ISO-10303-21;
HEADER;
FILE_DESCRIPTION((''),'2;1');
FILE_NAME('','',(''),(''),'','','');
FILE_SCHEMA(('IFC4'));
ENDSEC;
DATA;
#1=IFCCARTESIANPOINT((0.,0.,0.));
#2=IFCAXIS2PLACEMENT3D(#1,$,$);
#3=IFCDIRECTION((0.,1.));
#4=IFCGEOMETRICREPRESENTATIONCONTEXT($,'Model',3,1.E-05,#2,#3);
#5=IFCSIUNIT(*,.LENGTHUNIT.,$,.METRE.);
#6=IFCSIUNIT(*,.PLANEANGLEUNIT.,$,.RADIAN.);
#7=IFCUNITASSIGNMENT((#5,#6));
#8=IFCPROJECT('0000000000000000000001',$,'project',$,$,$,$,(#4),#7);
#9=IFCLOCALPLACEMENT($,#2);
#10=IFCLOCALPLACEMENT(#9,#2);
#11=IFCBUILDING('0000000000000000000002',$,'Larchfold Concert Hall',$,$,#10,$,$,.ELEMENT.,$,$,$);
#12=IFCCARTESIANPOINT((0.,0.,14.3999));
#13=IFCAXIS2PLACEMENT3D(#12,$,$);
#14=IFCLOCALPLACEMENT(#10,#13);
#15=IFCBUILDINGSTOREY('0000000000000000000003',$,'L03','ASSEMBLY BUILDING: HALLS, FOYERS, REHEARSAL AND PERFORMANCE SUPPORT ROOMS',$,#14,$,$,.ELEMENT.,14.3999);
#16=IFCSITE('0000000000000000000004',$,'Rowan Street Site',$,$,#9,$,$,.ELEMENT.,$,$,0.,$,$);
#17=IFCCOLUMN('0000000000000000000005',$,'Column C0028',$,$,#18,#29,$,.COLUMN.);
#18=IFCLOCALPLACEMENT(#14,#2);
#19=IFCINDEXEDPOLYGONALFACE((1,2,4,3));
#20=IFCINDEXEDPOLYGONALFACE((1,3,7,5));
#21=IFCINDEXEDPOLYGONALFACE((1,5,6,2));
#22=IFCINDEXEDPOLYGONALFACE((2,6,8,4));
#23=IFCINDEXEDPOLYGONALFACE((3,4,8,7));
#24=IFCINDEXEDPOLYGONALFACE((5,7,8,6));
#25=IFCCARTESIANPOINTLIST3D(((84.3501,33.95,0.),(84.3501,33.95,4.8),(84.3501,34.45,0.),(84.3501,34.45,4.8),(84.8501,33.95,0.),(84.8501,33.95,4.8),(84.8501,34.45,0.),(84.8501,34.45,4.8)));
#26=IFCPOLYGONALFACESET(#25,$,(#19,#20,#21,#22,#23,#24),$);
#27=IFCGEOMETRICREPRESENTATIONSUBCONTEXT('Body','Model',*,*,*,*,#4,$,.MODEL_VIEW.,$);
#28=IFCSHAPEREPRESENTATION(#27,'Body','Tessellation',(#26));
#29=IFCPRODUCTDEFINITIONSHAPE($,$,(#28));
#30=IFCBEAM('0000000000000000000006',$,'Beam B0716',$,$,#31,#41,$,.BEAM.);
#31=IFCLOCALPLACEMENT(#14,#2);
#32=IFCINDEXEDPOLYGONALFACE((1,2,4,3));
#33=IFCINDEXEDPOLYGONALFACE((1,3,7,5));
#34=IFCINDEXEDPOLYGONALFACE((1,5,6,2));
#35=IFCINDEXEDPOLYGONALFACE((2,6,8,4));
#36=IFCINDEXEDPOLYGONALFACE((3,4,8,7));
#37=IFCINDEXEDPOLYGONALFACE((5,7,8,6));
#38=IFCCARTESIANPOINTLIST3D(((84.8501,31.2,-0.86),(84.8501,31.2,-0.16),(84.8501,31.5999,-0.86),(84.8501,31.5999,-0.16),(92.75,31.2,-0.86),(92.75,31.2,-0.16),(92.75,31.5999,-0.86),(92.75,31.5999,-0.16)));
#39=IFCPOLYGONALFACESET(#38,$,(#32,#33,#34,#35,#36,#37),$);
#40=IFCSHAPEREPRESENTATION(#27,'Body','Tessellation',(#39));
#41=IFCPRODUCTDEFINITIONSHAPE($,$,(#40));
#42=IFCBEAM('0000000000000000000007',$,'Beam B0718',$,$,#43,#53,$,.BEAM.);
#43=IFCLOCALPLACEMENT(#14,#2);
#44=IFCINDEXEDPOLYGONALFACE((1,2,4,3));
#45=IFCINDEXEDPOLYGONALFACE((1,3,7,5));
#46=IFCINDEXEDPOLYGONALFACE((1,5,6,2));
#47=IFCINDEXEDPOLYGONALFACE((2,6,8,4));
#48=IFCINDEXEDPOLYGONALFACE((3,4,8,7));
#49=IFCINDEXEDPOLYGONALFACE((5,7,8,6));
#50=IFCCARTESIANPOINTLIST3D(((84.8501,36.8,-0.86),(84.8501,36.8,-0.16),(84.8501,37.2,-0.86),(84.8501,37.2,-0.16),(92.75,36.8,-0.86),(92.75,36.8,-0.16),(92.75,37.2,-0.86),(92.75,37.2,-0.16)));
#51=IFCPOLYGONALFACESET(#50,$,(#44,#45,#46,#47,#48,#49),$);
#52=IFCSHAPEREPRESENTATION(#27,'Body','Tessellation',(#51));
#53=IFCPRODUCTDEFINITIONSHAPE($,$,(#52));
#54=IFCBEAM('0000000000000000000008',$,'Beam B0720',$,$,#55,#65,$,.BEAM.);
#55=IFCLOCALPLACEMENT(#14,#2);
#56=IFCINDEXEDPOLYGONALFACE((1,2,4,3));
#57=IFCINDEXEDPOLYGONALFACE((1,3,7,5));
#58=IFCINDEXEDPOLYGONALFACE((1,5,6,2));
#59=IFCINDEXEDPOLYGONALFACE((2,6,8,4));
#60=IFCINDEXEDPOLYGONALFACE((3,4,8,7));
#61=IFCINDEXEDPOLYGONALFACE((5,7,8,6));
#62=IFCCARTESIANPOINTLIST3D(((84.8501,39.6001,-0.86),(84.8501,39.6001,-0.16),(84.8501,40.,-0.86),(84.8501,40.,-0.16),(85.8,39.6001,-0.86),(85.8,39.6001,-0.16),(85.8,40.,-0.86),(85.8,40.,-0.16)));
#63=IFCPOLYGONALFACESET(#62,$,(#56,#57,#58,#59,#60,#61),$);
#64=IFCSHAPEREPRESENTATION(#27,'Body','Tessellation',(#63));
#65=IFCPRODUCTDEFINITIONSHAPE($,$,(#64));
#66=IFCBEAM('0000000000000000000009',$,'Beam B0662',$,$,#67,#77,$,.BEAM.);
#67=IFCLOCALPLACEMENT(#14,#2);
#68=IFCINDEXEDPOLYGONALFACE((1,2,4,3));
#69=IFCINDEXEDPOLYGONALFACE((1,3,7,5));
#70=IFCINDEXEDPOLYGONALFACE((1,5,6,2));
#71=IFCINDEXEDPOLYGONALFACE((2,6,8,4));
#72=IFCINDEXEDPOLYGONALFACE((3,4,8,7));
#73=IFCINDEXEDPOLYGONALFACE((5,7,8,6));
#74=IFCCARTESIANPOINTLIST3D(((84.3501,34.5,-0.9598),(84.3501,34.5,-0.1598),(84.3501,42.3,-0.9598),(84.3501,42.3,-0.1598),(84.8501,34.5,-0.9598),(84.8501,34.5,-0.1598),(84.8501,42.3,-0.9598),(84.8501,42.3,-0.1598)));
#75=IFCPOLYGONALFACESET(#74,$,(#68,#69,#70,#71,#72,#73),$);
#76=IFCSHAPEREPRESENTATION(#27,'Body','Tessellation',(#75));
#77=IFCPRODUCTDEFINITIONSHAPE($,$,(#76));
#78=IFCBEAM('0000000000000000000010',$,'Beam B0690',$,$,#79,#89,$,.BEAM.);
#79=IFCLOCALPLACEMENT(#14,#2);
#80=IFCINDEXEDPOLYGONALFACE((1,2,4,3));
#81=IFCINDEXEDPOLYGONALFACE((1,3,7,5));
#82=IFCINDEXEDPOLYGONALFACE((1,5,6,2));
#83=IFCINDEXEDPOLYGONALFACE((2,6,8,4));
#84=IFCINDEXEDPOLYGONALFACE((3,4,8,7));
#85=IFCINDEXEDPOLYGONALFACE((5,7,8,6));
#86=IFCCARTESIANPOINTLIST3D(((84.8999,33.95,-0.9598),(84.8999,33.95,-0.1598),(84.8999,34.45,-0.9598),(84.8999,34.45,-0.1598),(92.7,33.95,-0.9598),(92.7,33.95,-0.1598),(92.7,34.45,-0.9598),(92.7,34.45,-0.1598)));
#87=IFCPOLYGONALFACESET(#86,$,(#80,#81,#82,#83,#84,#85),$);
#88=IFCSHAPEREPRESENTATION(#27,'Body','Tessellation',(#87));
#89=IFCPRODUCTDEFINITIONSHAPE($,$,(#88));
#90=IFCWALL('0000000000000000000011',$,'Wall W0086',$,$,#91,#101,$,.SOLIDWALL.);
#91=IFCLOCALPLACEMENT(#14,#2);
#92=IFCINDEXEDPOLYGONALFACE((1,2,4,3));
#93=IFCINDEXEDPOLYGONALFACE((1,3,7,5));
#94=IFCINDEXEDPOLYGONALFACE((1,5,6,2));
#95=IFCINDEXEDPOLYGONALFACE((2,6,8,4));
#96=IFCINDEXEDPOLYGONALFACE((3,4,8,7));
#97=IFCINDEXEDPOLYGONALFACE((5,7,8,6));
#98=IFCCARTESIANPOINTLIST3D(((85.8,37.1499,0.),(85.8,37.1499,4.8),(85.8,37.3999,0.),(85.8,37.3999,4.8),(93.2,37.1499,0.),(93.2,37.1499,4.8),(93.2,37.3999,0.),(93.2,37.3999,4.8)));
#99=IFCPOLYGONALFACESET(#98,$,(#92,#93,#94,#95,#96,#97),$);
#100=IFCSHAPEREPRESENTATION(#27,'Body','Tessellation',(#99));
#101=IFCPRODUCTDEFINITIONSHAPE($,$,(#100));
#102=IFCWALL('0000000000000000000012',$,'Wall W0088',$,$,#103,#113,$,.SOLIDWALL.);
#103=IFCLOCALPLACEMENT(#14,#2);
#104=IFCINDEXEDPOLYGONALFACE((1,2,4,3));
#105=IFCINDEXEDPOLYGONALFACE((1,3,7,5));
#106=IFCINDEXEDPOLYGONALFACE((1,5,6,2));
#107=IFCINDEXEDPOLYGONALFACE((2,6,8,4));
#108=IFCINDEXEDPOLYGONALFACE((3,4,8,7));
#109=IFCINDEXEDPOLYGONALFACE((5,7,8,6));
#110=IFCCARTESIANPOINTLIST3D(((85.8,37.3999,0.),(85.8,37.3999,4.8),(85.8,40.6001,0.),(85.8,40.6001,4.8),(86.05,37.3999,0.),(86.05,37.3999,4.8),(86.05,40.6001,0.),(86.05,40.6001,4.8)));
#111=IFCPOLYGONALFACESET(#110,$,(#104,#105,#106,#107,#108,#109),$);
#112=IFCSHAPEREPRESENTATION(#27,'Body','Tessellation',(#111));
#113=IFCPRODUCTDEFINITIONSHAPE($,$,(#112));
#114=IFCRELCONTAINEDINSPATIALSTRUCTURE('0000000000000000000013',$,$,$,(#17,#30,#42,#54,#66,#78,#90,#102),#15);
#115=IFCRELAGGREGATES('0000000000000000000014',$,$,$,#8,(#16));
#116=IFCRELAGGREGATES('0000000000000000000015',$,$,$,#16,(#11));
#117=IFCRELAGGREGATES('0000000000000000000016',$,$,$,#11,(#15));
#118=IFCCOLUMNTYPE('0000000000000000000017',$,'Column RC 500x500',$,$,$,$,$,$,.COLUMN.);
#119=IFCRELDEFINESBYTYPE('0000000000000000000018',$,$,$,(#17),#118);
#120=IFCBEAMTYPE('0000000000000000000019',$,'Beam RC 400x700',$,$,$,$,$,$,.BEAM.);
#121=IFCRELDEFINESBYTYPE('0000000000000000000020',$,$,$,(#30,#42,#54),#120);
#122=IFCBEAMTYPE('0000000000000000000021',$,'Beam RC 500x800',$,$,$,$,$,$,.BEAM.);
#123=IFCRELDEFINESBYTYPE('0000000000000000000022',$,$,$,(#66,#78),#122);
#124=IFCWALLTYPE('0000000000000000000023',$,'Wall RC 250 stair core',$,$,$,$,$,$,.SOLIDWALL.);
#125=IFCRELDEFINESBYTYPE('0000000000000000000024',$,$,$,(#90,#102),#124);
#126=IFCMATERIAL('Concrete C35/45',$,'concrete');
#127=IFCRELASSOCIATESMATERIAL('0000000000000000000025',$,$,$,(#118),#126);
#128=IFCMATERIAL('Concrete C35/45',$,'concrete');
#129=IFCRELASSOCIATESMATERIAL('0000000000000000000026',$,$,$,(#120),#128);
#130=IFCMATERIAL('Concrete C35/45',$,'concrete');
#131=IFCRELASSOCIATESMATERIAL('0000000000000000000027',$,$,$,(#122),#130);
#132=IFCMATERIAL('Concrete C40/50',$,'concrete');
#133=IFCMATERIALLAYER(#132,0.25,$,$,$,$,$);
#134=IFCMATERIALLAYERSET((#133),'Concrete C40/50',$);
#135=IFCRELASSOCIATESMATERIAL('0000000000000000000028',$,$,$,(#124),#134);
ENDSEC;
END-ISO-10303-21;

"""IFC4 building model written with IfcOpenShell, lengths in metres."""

from ifc_helpers import new_model, si_unit, direction, frame, frame_2d, origin, origin_2d, place, context, subcontext, project, spatial, rectangle, extrude, material, layer, layer_set, material_profile, profile_set, type_object, element, save


model = new_model("IFC4")

# Units and contexts
model_context = context("Model", 3, precision=1e-05, world=origin(), true_north=direction((0.0, 1.0)))
body_context = subcontext(model_context, "Body", "Model", "MODEL_VIEW")
ifc_project = project(units=[si_unit("LENGTHUNIT", "METRE"), si_unit("PLANEANGLEUNIT", "RADIAN")], contexts=[model_context])

# Site, building, storey
site_placement = place(None, origin())
site = spatial("IfcSite", under=ifc_project, at=site_placement, Name="Rowan Street Site", CompositionType="ELEMENT", RefElevation=0.0)
building_placement = place(site_placement, origin())
building = spatial("IfcBuilding", under=site, at=building_placement, Name="Larchfold Concert Hall", CompositionType="ELEMENT")
storey_placement = place(building_placement, frame((0.0, 0.0, 14.3999)))
storey = spatial("IfcBuildingStorey", under=building, at=storey_placement, Name="L03", Description="ASSEMBLY BUILDING: HALLS, FOYERS, REHEARSAL AND PERFORMANCE SUPPORT ROOMS", CompositionType="ELEMENT", Elevation=14.3999)

# Column
ifc_material_1 = material(Name="Concrete C35/45", Category="concrete")
ifc_material_profile_1 = material_profile(ifc_material_1, rectangle(XDim=0.5, YDim=0.5, at=origin_2d()))
ifc_profile_set_1 = profile_set([ifc_material_profile_1], Name="Concrete C35/45")
column_type = type_object("IfcColumnType", Name="Column RC 500x500", PredefinedType="COLUMN", material=ifc_profile_set_1)
column_placement = place(storey_placement, frame((84.6001, 34.2, 0.0), z_axis=(0.0, 0.0, 1.0), x_axis=(1.0, 0.0, 0.0)))
element("IfcColumn", 1, at=column_placement, inside=storey, type_object=column_type, Name="Column C0028", PredefinedType="COLUMN", context=body_context, shape_type="SweptSolid", body=[
    extrude(rectangle(XDim=0.5, YDim=0.5, at=origin_2d()), origin(), (0.0, 0.0, 1.0), 4.8),
])

# Beams
ifc_material_2 = material(Name="Concrete C35/45", Category="concrete")
ifc_material_profile_2 = material_profile(ifc_material_2, rectangle(XDim=0.3999, YDim=0.7, at=origin_2d()))
ifc_profile_set_2 = profile_set([ifc_material_profile_2], Name="Concrete C35/45")
beam_type_1 = type_object("IfcBeamType", Name="Beam RC 400x700", PredefinedType="BEAM", material=ifc_profile_set_2)
for number, where, z_axis, x_axis, name in (
    (2, (84.8501, 31.3999, -0.51), (1.0, 0.0, 0.0), (0.0, 1.0, 0.0), "Beam B0716"),
    (3, (84.8501, 37.0, -0.51), (1.0, 0.0, 0.0), (0.0, 1.0, 0.0), "Beam B0718"),
):
    element("IfcBeam", number, at=place(storey_placement, frame(where, z_axis=z_axis, x_axis=x_axis)), inside=storey, type_object=beam_type_1, Name=name, PredefinedType="BEAM", context=body_context, shape_type="SweptSolid", body=[
        extrude(rectangle(XDim=0.3999, YDim=0.7, at=origin_2d()), origin(), (0.0, 0.0, 1.0), 7.8999),
    ])
beam_placement = place(storey_placement, frame((84.8501, 39.8, -0.51), z_axis=(1.0, 0.0, 0.0), x_axis=(0.0, 1.0, 0.0)))
element("IfcBeam", 4, at=beam_placement, inside=storey, type_object=beam_type_1, Name="Beam B0720", PredefinedType="BEAM", context=body_context, shape_type="SweptSolid", body=[
    extrude(rectangle(XDim=0.3999, YDim=0.7, at=origin_2d()), origin(), (0.0, 0.0, 1.0), 0.95),
])
ifc_material_3 = material(Name="Concrete C35/45", Category="concrete")
ifc_material_profile_3 = material_profile(ifc_material_3, rectangle(XDim=0.5, YDim=0.8, at=origin_2d()))
ifc_profile_set_3 = profile_set([ifc_material_profile_3], Name="Concrete C35/45")
beam_type_2 = type_object("IfcBeamType", Name="Beam RC 500x800", PredefinedType="BEAM", material=ifc_profile_set_3)
for number, where, z_axis, x_axis, name in (
    (5, (84.6001, 34.5, -0.5598), (0.0, 1.0, 0.0), (-1.0, 0.0, 0.0), "Beam B0662"),
    (6, (84.8999, 34.2, -0.5598), (1.0, 0.0, 0.0), (0.0, 1.0, 0.0), "Beam B0690"),
):
    element("IfcBeam", number, at=place(storey_placement, frame(where, z_axis=z_axis, x_axis=x_axis)), inside=storey, type_object=beam_type_2, Name=name, PredefinedType="BEAM", context=body_context, shape_type="SweptSolid", body=[
        extrude(rectangle(XDim=0.5, YDim=0.8, at=origin_2d()), origin(), (0.0, 0.0, 1.0), 7.8),
    ])

# Walls
ifc_material_4 = material(Name="Concrete C40/50", Category="concrete")
ifc_layer_1 = layer(ifc_material_4, 0.25)
ifc_layer_set_1 = layer_set([ifc_layer_1], Name="Concrete C40/50")
wall_type_1 = type_object("IfcWallType", Name="Wall RC 250 stair core", PredefinedType="SOLIDWALL", material=ifc_layer_set_1)
wall_1_placement = place(storey_placement, frame((85.8, 37.2749, 0.0), z_axis=(0.0, 0.0, 1.0), x_axis=(1.0, 0.0, 0.0)))
element("IfcWall", 7, at=wall_1_placement, inside=storey, type_object=wall_type_1, Name="Wall W0086", PredefinedType="SOLIDWALL", context=body_context, shape_type="SweptSolid", body=[
    extrude(rectangle(XDim=7.3999, YDim=0.25, at=frame_2d((3.7, 0.0))), origin(), (0.0, 0.0, 1.0), 4.8),
])
wall_2_placement = place(storey_placement, frame((85.925, 37.3999, 0.0), z_axis=(0.0, 0.0, 1.0), x_axis=(0.0, 1.0, 0.0)))
element("IfcWall", 8, at=wall_2_placement, inside=storey, type_object=wall_type_1, Name="Wall W0088", PredefinedType="SOLIDWALL", context=body_context, shape_type="SweptSolid", body=[
    extrude(rectangle(XDim=3.2002, YDim=0.25, at=frame_2d((1.6001, 0.0))), origin(), (0.0, 0.0, 1.0), 4.8),
])

save(model, "model.ifc")
